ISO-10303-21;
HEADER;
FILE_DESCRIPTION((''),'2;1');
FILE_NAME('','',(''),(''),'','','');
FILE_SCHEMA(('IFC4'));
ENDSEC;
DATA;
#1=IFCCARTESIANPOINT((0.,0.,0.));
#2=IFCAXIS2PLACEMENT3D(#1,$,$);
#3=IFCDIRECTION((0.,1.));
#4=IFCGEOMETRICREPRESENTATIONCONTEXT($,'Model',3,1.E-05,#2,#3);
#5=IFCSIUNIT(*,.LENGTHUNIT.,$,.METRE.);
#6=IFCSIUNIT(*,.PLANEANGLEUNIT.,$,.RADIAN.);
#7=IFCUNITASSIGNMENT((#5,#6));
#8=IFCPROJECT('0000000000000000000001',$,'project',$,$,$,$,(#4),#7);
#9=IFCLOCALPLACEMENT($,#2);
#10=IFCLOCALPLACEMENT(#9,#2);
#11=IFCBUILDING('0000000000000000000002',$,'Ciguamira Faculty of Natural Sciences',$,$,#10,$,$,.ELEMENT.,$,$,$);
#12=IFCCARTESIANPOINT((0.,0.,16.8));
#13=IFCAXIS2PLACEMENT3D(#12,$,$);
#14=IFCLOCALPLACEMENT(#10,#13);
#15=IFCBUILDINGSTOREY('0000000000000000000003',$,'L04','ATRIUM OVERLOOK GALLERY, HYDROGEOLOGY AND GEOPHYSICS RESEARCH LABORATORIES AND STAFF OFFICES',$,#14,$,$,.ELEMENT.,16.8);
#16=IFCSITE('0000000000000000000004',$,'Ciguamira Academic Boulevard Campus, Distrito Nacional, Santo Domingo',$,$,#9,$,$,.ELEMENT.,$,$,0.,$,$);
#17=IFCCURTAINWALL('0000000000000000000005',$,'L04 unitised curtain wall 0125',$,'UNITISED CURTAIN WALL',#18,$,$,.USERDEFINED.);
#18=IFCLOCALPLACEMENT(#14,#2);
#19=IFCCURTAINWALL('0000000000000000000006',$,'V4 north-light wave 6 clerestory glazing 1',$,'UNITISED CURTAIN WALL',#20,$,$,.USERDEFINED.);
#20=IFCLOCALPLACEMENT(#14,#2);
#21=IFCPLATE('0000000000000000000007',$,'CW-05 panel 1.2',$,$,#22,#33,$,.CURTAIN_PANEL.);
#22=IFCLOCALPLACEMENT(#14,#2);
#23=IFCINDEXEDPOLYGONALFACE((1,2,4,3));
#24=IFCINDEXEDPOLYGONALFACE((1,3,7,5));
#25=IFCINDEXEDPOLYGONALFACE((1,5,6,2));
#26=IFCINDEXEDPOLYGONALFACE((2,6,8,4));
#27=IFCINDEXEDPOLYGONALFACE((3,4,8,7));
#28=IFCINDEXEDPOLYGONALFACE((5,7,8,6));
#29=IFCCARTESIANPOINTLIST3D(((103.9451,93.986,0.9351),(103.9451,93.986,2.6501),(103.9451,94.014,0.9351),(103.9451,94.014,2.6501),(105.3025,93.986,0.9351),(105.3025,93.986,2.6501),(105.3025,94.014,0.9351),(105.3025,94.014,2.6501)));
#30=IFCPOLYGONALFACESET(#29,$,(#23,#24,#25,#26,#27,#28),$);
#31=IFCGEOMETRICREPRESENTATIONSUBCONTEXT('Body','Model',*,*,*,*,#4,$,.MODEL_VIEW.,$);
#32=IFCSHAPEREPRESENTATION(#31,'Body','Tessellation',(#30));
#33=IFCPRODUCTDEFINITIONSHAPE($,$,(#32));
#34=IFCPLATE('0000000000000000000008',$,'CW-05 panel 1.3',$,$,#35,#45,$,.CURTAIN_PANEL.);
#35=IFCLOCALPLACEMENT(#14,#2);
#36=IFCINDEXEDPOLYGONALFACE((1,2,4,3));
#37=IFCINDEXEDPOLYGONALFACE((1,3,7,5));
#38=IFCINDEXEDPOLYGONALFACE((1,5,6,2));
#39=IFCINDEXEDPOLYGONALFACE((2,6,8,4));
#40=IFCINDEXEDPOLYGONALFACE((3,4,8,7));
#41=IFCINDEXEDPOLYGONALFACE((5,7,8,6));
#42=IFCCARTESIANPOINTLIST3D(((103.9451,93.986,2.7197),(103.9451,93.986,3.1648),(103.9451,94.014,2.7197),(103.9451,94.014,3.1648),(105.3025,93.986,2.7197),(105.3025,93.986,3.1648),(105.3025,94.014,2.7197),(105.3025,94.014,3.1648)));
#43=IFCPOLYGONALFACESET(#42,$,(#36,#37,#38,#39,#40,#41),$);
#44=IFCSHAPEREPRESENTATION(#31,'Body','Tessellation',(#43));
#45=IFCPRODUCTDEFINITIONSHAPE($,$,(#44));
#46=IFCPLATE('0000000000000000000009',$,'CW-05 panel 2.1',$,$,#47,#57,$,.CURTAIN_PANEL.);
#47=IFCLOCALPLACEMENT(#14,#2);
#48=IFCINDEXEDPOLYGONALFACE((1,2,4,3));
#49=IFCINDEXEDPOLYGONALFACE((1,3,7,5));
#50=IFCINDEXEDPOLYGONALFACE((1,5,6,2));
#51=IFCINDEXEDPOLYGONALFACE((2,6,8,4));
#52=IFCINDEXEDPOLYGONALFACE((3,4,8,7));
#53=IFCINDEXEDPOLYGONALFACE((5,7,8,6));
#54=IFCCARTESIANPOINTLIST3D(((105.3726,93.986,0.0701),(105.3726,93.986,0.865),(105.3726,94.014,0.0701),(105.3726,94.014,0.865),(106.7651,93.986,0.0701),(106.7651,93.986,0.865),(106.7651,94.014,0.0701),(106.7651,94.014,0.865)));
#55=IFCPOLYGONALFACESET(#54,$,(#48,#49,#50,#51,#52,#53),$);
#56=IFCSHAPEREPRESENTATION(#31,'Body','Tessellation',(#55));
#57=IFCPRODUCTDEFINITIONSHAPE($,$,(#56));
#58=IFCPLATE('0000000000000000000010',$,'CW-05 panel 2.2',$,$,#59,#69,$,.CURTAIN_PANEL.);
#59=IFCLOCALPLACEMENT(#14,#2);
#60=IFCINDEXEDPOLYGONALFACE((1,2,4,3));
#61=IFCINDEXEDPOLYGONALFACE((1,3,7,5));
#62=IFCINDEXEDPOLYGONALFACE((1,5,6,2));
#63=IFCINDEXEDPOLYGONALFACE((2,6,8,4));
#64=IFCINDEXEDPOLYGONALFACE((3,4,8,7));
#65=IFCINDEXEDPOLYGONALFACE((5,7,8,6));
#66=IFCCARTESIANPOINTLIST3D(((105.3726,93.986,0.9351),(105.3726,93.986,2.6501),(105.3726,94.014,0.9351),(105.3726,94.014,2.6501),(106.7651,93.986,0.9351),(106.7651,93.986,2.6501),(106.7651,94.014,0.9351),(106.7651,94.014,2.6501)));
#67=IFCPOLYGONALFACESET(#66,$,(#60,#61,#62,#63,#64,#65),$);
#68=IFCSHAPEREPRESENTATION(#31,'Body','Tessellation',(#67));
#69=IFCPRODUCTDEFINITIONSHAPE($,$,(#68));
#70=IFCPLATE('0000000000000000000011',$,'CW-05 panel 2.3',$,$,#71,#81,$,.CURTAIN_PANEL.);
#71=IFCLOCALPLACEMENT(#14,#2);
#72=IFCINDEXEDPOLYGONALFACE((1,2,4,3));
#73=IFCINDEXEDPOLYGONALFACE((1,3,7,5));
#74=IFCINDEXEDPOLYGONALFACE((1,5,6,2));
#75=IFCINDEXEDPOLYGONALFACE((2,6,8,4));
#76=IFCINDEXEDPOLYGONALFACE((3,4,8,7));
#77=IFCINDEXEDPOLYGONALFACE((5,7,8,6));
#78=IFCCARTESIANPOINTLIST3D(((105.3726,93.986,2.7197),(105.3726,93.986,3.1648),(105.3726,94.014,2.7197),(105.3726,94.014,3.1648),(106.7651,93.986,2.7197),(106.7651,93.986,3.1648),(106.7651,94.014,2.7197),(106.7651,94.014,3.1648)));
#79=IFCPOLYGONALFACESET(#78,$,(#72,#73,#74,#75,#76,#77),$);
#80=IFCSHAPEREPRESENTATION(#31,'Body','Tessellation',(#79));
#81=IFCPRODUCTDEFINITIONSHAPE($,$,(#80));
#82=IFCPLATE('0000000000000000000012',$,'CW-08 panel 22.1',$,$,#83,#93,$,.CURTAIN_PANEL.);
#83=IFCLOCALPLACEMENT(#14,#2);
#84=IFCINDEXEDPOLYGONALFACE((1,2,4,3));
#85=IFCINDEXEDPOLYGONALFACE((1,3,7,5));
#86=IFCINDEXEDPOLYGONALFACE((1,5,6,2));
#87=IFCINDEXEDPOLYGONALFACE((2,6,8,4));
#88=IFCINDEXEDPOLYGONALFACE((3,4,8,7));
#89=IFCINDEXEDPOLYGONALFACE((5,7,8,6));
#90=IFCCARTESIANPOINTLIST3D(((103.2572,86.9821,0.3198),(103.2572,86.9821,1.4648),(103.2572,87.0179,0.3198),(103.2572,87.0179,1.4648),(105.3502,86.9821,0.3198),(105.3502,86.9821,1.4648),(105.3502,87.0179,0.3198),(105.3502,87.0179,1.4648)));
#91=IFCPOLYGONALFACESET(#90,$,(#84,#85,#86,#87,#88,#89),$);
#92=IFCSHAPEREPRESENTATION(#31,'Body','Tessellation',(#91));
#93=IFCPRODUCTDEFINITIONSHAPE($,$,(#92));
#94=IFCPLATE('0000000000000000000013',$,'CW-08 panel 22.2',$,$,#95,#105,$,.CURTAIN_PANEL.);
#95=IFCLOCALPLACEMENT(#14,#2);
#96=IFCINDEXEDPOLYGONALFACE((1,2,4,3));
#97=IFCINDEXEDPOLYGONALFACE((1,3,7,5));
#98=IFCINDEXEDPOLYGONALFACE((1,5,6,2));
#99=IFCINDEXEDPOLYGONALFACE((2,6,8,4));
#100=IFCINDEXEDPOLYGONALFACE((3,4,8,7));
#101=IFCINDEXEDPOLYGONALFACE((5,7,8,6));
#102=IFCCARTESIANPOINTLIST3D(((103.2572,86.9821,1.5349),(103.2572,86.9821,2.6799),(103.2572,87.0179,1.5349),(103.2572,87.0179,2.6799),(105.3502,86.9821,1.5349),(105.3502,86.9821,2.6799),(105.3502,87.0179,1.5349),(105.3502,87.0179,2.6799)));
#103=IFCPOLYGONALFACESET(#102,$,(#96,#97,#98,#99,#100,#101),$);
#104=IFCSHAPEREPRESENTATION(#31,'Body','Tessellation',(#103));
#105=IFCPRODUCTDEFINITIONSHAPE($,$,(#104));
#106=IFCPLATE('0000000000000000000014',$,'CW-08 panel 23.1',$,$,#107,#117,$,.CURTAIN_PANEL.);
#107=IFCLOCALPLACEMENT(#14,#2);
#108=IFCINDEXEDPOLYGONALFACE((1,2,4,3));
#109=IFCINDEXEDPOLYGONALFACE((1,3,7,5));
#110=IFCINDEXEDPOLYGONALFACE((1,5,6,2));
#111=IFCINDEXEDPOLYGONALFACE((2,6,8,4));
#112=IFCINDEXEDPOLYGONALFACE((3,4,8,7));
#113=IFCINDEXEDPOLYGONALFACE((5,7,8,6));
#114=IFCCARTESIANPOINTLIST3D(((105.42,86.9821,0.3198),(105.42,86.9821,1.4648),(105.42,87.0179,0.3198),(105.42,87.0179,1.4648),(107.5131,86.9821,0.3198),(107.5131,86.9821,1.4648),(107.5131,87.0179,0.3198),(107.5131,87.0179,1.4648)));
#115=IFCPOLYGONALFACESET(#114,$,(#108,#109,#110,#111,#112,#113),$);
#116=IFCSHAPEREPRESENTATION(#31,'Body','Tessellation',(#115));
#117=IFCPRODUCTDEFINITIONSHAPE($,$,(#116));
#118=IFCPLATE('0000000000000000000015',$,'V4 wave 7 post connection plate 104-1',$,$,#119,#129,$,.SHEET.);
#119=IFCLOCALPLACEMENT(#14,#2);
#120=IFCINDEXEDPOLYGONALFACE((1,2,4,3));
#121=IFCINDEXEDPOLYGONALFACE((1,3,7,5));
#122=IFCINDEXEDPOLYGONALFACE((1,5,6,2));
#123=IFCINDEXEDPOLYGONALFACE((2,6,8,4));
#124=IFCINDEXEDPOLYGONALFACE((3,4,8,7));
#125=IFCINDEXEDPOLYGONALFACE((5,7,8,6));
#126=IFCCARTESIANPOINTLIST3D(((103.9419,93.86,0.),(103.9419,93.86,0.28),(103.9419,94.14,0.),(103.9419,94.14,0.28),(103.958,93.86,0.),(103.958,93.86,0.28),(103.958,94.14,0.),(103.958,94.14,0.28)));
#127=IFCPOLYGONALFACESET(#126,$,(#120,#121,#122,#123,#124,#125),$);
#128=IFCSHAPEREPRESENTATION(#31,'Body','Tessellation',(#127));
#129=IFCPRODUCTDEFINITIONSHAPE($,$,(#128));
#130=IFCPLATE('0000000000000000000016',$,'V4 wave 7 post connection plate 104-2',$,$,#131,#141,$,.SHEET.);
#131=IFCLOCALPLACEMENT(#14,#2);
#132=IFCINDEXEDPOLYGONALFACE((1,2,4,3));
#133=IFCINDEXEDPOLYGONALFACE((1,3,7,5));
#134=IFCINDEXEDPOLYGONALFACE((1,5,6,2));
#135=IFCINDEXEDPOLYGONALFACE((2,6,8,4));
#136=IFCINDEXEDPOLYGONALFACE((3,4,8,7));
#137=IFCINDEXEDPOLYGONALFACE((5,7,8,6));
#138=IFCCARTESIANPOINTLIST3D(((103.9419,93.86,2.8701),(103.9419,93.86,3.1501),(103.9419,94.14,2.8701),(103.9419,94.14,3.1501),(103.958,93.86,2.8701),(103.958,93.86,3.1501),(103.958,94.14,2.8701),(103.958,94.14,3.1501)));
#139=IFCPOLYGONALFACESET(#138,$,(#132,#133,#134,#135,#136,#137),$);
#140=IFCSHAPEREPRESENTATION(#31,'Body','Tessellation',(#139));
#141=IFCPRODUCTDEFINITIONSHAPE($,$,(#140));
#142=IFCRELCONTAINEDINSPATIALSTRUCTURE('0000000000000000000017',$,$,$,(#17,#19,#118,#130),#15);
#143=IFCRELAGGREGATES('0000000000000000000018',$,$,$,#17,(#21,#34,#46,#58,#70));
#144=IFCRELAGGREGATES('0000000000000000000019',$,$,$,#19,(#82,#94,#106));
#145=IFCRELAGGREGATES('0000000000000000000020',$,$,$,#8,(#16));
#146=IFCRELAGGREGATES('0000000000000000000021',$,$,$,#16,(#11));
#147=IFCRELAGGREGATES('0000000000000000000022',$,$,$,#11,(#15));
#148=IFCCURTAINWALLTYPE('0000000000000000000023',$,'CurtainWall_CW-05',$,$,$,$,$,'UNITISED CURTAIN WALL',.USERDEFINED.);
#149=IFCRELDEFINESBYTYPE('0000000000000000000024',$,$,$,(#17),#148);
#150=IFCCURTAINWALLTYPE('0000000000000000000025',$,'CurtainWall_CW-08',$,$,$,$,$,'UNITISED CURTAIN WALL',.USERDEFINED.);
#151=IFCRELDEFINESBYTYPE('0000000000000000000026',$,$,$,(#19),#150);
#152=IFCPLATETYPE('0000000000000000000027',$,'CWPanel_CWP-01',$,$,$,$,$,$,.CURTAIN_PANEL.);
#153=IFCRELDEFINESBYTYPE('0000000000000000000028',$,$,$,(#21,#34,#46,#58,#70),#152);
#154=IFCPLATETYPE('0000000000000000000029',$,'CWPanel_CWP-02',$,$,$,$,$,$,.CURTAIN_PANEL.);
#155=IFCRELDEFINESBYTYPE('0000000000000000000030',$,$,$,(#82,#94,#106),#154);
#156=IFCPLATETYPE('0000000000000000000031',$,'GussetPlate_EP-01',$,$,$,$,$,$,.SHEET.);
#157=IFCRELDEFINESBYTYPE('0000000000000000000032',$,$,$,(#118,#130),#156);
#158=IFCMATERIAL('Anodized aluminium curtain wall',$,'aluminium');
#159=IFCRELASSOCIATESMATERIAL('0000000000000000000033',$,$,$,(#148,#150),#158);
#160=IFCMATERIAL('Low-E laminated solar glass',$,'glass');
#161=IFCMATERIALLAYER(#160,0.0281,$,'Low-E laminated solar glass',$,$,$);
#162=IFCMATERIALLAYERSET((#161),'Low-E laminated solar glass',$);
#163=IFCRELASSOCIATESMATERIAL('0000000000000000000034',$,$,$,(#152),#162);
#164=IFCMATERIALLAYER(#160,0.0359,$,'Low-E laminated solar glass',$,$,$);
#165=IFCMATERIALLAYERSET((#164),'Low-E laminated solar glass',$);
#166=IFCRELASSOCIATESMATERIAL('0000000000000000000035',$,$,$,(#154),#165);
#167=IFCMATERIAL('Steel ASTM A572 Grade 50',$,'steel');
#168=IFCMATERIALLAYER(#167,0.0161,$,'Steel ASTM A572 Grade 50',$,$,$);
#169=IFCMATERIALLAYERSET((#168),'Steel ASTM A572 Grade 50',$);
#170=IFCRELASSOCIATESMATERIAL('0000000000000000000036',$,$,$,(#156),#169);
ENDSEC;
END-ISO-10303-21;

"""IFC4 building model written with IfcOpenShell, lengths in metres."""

from ifc_helpers import new_model, si_unit, direction, frame, origin, origin_2d, place, context, subcontext, project, spatial, rectangle, extrude, material, layer, layer_set, type_object, element, aggregate, save


model = new_model("IFC4")

# Units and contexts
model_context = context("Model", 3, precision=1e-05, world=origin(), true_north=direction((0.0, 1.0)))
body_context = subcontext(model_context, "Body", "Model", "MODEL_VIEW")
ifc_project = project(units=[si_unit("LENGTHUNIT", "METRE"), si_unit("PLANEANGLEUNIT", "RADIAN")], contexts=[model_context])

# Site, building, storey
site_placement = place(None, origin())
site = spatial("IfcSite", under=ifc_project, at=site_placement, Name="Ciguamira Academic Boulevard Campus, Distrito Nacional, Santo Domingo", CompositionType="ELEMENT", RefElevation=0.0)
building_placement = place(site_placement, origin())
building = spatial("IfcBuilding", under=site, at=building_placement, Name="Ciguamira Faculty of Natural Sciences", CompositionType="ELEMENT")
storey_placement = place(building_placement, frame((0.0, 0.0, 16.8)))
storey = spatial("IfcBuildingStorey", under=building, at=storey_placement, Name="L04", Description="ATRIUM OVERLOOK GALLERY, HYDROGEOLOGY AND GEOPHYSICS RESEARCH LABORATORIES AND STAFF OFFICES", CompositionType="ELEMENT", Elevation=16.8)

# Curtain walls
ifc_material_1 = material(Name="Anodized aluminium curtain wall", Category="aluminium")
curtain_wall_type_1 = type_object("IfcCurtainWallType", Name="CurtainWall_CW-05", ElementType="UNITISED CURTAIN WALL", PredefinedType="USERDEFINED", material=ifc_material_1)
curtain_wall_1_placement = place(storey_placement, origin())
curtain_wall_1 = element("IfcCurtainWall", 1, at=curtain_wall_1_placement, inside=storey, type_object=curtain_wall_type_1, Name="L04 unitised curtain wall 0125", ObjectType="UNITISED CURTAIN WALL", PredefinedType="USERDEFINED")
curtain_wall_type_2 = type_object("IfcCurtainWallType", Name="CurtainWall_CW-08", ElementType="UNITISED CURTAIN WALL", PredefinedType="USERDEFINED", material=ifc_material_1)
curtain_wall_2_placement = place(storey_placement, origin())
curtain_wall_2 = element("IfcCurtainWall", 2, at=curtain_wall_2_placement, inside=storey, type_object=curtain_wall_type_2, Name="V4 north-light wave 6 clerestory glazing 1", ObjectType="UNITISED CURTAIN WALL", PredefinedType="USERDEFINED")

# Plates
ifc_material_2 = material(Name="Low-E laminated solar glass", Category="glass")
ifc_layer_1 = layer(ifc_material_2, 0.0281, Name="Low-E laminated solar glass")
ifc_layer_set_1 = layer_set([ifc_layer_1], Name="Low-E laminated solar glass")
plate_type_1 = type_object("IfcPlateType", Name="CWPanel_CWP-01", PredefinedType="CURTAIN_PANEL", material=ifc_layer_set_1)
plate_1_placement = place(storey_placement, frame((104.6238, 94.0, 0.9351), z_axis=(0.0, 0.0, 1.0), x_axis=(1.0, 0.0, 0.0)))
plate_1 = element("IfcPlate", 3, at=plate_1_placement, type_object=plate_type_1, Name="CW-05 panel 1.2", PredefinedType="CURTAIN_PANEL", context=body_context, shape_type="SweptSolid", body=[
    extrude(rectangle(XDim=1.3574, YDim=0.0281, at=origin_2d()), origin(), (0.0, 0.0, 1.0), 1.7151),
])
plate_2_placement = place(storey_placement, frame((104.6238, 94.0, 2.7197), z_axis=(0.0, 0.0, 1.0), x_axis=(1.0, 0.0, 0.0)))
plate_2 = element("IfcPlate", 4, at=plate_2_placement, type_object=plate_type_1, Name="CW-05 panel 1.3", PredefinedType="CURTAIN_PANEL", context=body_context, shape_type="SweptSolid", body=[
    extrude(rectangle(XDim=1.3574, YDim=0.0281, at=origin_2d()), origin(), (0.0, 0.0, 1.0), 0.4451),
])
plate_3_placement = place(storey_placement, frame((106.0688, 94.0, 0.0701), z_axis=(0.0, 0.0, 1.0), x_axis=(1.0, 0.0, 0.0)))
plate_3 = element("IfcPlate", 5, at=plate_3_placement, type_object=plate_type_1, Name="CW-05 panel 2.1", PredefinedType="CURTAIN_PANEL", context=body_context, shape_type="SweptSolid", body=[
    extrude(rectangle(XDim=1.3926, YDim=0.0281, at=origin_2d()), origin(), (0.0, 0.0, 1.0), 0.7949),
])
plate_4_placement = place(storey_placement, frame((106.0688, 94.0, 0.9351), z_axis=(0.0, 0.0, 1.0), x_axis=(1.0, 0.0, 0.0)))
plate_4 = element("IfcPlate", 6, at=plate_4_placement, type_object=plate_type_1, Name="CW-05 panel 2.2", PredefinedType="CURTAIN_PANEL", context=body_context, shape_type="SweptSolid", body=[
    extrude(rectangle(XDim=1.3926, YDim=0.0281, at=origin_2d()), origin(), (0.0, 0.0, 1.0), 1.7151),
])
plate_5_placement = place(storey_placement, frame((106.0688, 94.0, 2.7197), z_axis=(0.0, 0.0, 1.0), x_axis=(1.0, 0.0, 0.0)))
plate_5 = element("IfcPlate", 7, at=plate_5_placement, type_object=plate_type_1, Name="CW-05 panel 2.3", PredefinedType="CURTAIN_PANEL", context=body_context, shape_type="SweptSolid", body=[
    extrude(rectangle(XDim=1.3926, YDim=0.0281, at=origin_2d()), origin(), (0.0, 0.0, 1.0), 0.4451),
])
aggregate(curtain_wall_1, [plate_1, plate_2, plate_3, plate_4, plate_5])
ifc_layer_2 = layer(ifc_material_2, 0.0359, Name="Low-E laminated solar glass")
ifc_layer_set_2 = layer_set([ifc_layer_2], Name="Low-E laminated solar glass")
plate_type_2 = type_object("IfcPlateType", Name="CWPanel_CWP-02", PredefinedType="CURTAIN_PANEL", material=ifc_layer_set_2)
plate_6_placement = place(storey_placement, frame((104.3037, 87.0, 0.3198), z_axis=(0.0, 0.0, 1.0), x_axis=(1.0, 0.0, 0.0)))
plate_6 = element("IfcPlate", 8, at=plate_6_placement, type_object=plate_type_2, Name="CW-08 panel 22.1", PredefinedType="CURTAIN_PANEL", context=body_context, shape_type="SweptSolid", body=[
    extrude(rectangle(XDim=2.093, YDim=0.0359, at=origin_2d()), origin(), (0.0, 0.0, 1.0), 1.145),
])
plate_7_placement = place(storey_placement, frame((104.3037, 87.0, 1.5349), z_axis=(0.0, 0.0, 1.0), x_axis=(1.0, 0.0, 0.0)))
plate_7 = element("IfcPlate", 9, at=plate_7_placement, type_object=plate_type_2, Name="CW-08 panel 22.2", PredefinedType="CURTAIN_PANEL", context=body_context, shape_type="SweptSolid", body=[
    extrude(rectangle(XDim=2.093, YDim=0.0359, at=origin_2d()), origin(), (0.0, 0.0, 1.0), 1.145),
])
plate_8_placement = place(storey_placement, frame((106.4666, 87.0, 0.3198), z_axis=(0.0, 0.0, 1.0), x_axis=(1.0, 0.0, 0.0)))
plate_8 = element("IfcPlate", 10, at=plate_8_placement, type_object=plate_type_2, Name="CW-08 panel 23.1", PredefinedType="CURTAIN_PANEL", context=body_context, shape_type="SweptSolid", body=[
    extrude(rectangle(XDim=2.093, YDim=0.0359, at=origin_2d()), origin(), (0.0, 0.0, 1.0), 1.145),
])
aggregate(curtain_wall_2, [plate_6, plate_7, plate_8])

# Plates
ifc_material_3 = material(Name="Steel ASTM A572 Grade 50", Category="steel")
ifc_layer_3 = layer(ifc_material_3, 0.0161, Name="Steel ASTM A572 Grade 50")
ifc_layer_set_3 = layer_set([ifc_layer_3], Name="Steel ASTM A572 Grade 50")
plate_type_3 = type_object("IfcPlateType", Name="GussetPlate_EP-01", PredefinedType="SHEET", material=ifc_layer_set_3)
for number, where, z_axis, x_axis, name in (
    (11, (103.95, 94.0, 0.0), (0.0, 0.0, 1.0), (1.0, 0.0, 0.0), "V4 wave 7 post connection plate 104-1"),
    (12, (103.95, 94.0, 2.8701), (0.0, 0.0, 1.0), (1.0, 0.0, 0.0), "V4 wave 7 post connection plate 104-2"),
):
    element("IfcPlate", number, at=place(storey_placement, frame(where, z_axis=z_axis, x_axis=x_axis)), inside=storey, type_object=plate_type_3, Name=name, PredefinedType="SHEET", context=body_context, shape_type="SweptSolid", body=[
        extrude(rectangle(XDim=0.0161, YDim=0.28, at=origin_2d()), origin(), (0.0, 0.0, 1.0), 0.28),
    ])

save(model, "model.ifc")
